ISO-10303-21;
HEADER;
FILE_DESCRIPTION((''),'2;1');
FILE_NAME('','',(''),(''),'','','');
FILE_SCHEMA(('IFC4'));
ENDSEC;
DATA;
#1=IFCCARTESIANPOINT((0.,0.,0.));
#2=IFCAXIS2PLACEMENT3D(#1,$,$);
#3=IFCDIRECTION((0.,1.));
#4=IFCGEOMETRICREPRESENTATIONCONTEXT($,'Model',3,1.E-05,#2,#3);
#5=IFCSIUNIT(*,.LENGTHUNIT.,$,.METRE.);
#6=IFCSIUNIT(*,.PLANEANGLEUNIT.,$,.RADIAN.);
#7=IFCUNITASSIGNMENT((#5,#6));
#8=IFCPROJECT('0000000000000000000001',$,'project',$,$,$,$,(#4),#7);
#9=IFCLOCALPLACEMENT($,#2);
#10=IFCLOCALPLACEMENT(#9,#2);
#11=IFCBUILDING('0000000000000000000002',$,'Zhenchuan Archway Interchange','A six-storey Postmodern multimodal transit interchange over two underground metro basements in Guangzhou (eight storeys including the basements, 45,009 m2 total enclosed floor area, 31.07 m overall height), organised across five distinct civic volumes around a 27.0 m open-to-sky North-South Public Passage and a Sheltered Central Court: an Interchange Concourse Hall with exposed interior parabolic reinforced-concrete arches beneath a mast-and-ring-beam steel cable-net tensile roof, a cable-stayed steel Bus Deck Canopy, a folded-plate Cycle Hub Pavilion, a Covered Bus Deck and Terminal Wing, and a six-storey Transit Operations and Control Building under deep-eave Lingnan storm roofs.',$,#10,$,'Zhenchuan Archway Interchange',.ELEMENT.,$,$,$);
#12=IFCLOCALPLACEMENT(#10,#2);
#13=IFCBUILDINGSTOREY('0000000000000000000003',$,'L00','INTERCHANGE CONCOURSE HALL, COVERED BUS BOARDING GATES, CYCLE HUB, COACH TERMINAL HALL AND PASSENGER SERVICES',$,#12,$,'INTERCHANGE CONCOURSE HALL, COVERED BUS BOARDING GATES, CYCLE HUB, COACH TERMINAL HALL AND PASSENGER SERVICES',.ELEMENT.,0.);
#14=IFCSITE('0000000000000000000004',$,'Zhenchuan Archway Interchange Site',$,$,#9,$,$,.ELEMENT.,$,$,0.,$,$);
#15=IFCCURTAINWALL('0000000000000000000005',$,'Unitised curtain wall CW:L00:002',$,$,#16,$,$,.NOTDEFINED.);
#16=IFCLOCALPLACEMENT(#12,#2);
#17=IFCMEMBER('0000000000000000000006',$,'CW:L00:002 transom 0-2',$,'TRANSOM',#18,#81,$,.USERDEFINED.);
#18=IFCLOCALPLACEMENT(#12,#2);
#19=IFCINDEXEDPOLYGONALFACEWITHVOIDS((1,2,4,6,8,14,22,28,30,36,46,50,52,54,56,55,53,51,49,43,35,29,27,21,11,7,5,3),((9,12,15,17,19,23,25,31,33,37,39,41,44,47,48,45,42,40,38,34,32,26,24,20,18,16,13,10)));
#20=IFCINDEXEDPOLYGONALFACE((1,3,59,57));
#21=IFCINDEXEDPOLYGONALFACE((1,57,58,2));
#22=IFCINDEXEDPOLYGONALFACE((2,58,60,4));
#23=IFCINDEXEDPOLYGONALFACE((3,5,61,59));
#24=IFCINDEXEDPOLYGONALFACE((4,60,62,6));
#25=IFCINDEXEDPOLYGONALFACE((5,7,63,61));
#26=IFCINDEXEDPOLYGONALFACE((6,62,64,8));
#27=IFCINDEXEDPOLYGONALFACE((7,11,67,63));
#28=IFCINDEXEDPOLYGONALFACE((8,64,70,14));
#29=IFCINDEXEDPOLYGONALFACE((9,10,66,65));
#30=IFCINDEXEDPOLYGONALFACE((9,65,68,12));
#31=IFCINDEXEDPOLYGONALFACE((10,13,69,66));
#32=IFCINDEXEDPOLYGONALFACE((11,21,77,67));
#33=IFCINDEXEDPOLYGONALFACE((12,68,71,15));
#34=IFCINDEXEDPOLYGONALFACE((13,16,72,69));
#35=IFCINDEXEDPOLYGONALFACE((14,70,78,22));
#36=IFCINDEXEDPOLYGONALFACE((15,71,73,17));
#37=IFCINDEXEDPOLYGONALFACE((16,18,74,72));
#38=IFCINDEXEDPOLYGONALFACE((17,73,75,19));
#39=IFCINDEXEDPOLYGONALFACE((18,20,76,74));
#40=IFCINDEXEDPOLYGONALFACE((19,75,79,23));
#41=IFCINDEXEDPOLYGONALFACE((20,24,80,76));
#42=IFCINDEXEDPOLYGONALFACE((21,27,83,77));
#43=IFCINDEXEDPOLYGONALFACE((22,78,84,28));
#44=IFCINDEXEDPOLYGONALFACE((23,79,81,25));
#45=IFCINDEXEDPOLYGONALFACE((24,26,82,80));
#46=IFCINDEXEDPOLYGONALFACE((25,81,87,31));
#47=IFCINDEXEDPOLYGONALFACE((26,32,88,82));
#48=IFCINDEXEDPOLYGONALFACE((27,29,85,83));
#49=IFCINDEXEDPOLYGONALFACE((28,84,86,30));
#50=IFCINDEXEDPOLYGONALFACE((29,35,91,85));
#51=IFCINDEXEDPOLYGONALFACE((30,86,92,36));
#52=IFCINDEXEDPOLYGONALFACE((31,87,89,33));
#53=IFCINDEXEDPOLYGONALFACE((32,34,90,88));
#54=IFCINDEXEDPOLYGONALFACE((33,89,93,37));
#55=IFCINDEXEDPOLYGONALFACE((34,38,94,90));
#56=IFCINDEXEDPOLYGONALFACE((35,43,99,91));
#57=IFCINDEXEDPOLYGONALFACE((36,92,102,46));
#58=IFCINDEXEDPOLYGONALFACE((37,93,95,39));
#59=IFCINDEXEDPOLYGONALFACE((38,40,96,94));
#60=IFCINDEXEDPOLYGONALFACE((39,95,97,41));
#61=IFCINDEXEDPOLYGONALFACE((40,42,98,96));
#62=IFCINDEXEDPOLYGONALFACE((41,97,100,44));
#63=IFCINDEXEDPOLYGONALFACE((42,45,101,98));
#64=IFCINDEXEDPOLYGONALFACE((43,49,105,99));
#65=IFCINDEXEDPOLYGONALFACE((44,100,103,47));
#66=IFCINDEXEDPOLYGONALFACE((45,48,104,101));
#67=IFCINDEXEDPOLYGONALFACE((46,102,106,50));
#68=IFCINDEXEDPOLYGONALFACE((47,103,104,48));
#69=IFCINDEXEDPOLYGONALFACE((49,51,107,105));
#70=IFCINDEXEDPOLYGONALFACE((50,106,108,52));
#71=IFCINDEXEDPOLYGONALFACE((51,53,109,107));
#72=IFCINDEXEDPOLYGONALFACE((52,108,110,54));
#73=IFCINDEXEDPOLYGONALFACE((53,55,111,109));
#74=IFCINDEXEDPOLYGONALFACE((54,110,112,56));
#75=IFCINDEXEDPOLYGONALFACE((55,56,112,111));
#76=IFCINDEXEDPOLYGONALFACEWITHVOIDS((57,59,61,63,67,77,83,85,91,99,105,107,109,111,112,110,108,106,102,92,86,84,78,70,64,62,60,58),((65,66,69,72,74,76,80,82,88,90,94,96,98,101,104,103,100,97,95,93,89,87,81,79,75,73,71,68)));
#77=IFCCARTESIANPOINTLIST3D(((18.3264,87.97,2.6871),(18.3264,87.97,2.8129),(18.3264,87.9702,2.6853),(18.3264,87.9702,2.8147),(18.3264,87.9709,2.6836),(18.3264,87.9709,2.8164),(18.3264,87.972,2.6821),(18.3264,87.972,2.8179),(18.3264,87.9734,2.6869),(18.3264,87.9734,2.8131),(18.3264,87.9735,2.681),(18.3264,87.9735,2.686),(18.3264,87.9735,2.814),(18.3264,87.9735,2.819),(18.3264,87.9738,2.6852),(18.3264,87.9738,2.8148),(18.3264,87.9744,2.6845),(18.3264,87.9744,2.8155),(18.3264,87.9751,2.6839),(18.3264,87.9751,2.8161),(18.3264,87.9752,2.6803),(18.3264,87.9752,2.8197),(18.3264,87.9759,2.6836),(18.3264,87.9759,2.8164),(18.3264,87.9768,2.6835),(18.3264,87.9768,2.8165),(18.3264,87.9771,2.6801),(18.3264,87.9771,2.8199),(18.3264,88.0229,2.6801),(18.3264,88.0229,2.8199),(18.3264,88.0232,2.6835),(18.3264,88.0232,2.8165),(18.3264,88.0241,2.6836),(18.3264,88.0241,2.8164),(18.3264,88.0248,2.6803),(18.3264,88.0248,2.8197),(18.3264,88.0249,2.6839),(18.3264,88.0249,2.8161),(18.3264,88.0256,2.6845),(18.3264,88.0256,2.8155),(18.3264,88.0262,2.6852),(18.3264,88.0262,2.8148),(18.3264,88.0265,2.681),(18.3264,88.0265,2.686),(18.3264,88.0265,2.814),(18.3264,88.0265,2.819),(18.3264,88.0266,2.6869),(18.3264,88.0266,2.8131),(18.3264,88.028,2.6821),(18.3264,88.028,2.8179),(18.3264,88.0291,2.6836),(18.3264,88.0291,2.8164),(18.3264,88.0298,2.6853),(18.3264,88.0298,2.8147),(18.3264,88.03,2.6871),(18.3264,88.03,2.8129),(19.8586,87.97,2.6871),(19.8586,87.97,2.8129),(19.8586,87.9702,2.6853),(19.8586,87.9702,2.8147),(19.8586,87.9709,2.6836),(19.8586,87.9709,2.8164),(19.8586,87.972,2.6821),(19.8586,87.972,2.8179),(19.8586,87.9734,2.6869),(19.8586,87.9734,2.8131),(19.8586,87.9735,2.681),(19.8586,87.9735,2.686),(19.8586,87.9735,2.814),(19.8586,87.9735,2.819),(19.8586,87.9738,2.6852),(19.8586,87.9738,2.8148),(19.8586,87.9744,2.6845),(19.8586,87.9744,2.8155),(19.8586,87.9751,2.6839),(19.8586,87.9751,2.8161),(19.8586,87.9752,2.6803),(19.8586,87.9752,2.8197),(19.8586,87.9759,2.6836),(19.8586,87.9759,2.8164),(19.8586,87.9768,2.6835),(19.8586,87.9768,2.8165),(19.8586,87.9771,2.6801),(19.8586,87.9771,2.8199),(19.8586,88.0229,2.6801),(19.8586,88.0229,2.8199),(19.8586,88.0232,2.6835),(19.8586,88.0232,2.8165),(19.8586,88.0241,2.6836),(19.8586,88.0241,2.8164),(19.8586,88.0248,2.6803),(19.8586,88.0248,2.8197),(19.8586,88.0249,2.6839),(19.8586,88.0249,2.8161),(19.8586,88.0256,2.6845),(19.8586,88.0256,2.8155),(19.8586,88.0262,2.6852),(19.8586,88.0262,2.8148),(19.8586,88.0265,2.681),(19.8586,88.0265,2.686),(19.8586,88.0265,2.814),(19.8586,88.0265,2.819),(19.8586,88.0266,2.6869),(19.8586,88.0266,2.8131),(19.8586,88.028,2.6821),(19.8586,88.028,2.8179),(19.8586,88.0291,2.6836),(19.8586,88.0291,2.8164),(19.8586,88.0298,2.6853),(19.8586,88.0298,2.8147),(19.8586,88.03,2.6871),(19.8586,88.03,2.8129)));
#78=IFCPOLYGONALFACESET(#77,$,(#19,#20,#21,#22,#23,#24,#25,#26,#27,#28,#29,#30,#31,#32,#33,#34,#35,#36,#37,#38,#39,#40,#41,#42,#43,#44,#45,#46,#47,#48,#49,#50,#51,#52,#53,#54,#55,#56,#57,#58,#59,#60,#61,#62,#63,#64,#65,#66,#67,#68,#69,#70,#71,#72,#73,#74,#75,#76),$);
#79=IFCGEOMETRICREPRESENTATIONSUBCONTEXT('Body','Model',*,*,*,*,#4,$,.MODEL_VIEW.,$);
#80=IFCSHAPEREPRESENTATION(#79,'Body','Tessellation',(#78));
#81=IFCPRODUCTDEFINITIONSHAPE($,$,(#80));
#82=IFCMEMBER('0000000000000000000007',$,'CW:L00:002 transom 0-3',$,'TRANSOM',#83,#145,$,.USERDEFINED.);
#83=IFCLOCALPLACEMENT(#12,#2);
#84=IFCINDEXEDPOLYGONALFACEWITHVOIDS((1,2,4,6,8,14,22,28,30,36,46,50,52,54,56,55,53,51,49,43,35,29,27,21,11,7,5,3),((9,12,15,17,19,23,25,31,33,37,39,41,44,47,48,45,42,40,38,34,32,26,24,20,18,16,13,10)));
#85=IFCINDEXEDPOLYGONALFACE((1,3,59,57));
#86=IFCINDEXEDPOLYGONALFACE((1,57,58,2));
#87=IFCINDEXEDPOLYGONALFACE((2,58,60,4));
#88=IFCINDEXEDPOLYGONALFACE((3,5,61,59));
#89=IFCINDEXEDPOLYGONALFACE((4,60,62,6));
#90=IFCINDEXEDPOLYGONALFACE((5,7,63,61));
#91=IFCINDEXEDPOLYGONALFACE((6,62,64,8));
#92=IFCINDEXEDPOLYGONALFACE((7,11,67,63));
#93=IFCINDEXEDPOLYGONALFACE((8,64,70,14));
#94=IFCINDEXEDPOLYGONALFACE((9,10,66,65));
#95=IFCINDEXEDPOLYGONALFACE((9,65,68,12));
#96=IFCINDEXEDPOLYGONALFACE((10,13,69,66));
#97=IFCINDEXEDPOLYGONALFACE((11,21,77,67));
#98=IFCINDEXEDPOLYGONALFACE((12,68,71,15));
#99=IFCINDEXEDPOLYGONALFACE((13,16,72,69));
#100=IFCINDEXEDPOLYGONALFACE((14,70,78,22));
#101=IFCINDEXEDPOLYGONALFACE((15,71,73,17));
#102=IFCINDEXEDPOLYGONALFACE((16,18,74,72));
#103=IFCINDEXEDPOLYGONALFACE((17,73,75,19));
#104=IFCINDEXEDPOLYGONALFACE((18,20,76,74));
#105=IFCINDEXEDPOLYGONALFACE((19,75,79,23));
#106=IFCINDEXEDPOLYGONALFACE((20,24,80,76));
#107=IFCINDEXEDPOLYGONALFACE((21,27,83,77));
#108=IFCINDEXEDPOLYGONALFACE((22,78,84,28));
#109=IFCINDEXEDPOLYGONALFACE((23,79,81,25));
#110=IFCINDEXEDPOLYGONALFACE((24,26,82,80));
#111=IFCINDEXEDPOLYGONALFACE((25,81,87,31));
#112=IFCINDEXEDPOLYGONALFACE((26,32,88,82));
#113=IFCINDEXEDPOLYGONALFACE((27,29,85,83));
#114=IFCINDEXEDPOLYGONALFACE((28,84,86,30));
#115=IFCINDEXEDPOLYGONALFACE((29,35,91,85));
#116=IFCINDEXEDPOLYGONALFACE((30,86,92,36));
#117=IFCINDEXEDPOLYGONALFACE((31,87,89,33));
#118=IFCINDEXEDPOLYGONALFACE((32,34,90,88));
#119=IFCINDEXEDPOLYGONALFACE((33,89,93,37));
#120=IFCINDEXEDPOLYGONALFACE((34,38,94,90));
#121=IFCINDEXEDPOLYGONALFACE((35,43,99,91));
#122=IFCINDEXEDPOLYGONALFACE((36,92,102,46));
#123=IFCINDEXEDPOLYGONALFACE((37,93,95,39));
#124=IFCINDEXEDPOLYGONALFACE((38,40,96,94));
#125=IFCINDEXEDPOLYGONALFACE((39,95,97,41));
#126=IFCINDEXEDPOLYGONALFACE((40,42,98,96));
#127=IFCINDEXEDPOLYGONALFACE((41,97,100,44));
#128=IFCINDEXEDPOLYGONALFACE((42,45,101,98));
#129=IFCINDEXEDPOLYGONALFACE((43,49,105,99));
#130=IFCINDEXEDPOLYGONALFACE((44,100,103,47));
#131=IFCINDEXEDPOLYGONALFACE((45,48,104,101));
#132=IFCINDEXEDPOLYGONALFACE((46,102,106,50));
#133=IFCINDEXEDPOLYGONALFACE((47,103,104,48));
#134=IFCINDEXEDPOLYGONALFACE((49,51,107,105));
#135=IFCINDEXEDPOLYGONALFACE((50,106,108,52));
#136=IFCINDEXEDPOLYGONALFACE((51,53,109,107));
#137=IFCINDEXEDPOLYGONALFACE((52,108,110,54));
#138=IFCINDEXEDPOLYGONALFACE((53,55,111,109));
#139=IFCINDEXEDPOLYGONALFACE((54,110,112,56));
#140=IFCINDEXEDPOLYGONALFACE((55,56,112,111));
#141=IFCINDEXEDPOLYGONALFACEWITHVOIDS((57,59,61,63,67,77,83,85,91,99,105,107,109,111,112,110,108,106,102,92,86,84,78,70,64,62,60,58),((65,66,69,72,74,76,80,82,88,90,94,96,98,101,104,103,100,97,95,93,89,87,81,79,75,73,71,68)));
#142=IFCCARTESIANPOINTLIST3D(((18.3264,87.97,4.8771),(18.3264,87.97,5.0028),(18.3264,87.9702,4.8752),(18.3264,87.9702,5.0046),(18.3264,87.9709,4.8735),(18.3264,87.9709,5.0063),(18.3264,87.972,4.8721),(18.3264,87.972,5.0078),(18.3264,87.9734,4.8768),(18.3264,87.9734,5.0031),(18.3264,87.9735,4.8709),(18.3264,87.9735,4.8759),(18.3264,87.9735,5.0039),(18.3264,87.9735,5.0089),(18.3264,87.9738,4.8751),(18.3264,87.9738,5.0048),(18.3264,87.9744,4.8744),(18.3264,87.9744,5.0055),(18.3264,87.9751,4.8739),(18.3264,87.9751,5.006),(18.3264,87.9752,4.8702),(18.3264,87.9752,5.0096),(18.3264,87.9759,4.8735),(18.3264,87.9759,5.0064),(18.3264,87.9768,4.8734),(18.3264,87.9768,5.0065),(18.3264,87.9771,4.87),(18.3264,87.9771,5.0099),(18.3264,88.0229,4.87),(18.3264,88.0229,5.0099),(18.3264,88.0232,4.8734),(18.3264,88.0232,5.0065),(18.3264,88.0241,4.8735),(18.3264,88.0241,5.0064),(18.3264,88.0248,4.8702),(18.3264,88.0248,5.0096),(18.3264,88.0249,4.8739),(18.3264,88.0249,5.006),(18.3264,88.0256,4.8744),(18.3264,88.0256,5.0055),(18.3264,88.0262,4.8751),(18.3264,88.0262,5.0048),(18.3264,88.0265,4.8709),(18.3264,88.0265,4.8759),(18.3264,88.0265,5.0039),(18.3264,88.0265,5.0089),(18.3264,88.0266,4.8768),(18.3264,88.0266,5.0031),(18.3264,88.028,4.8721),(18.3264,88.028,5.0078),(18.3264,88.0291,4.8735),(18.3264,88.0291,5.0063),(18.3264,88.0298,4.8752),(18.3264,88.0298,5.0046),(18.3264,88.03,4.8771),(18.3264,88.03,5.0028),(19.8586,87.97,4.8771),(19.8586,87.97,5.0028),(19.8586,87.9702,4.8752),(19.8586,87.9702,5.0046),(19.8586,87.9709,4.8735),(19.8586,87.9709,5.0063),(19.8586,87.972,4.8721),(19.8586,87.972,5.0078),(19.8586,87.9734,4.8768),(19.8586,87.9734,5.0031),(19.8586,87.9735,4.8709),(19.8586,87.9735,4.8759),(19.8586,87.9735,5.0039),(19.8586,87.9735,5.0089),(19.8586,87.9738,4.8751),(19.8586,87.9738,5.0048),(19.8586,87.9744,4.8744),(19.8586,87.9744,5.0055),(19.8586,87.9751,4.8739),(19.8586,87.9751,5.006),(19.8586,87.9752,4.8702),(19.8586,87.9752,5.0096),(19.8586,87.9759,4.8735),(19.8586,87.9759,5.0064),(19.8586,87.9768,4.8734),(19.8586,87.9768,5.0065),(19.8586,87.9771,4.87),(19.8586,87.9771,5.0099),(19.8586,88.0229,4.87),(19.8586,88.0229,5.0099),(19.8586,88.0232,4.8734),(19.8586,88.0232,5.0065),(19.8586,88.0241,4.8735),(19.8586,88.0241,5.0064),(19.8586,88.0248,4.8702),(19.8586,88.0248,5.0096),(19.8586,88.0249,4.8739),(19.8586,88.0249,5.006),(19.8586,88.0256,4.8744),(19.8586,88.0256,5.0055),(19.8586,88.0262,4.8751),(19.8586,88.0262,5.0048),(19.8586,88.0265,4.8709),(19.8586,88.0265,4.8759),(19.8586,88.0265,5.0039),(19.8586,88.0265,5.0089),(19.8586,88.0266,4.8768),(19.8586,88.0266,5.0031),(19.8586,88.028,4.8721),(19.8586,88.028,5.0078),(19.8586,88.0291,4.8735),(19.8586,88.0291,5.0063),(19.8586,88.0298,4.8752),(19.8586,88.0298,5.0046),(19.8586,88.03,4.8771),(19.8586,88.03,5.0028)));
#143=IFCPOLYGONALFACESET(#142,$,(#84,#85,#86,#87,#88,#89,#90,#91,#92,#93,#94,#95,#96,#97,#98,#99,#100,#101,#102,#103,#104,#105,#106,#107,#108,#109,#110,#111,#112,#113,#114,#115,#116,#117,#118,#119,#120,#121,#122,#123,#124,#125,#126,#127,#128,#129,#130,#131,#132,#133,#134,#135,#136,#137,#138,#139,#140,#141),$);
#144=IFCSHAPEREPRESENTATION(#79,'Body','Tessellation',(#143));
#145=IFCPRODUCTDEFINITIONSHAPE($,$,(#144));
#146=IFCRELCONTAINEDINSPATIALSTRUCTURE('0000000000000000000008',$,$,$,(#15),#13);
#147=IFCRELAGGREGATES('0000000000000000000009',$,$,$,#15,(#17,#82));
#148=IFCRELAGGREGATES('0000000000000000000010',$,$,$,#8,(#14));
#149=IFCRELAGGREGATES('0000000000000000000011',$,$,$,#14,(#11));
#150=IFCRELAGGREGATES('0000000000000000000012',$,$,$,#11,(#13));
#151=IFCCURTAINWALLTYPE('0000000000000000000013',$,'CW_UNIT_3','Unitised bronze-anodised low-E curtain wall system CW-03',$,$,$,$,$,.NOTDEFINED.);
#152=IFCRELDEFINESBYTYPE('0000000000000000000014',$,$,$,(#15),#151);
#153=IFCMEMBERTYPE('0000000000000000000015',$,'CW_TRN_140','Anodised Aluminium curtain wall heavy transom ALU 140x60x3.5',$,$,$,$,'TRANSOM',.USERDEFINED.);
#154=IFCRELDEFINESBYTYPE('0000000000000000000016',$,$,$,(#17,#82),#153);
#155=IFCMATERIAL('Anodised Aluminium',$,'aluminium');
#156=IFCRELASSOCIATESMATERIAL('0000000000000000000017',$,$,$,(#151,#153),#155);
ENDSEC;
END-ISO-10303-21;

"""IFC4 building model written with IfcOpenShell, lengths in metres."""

from ifc_helpers import new_model, si_unit, direction, frame, origin, origin_2d, place, context, subcontext, project, spatial, hollow_rectangle, extrude, material, material_profile, profile_set, type_object, element, aggregate, save


model = new_model("IFC4")

# Units and contexts
model_context = context("Model", 3, precision=1e-05, world=origin(), true_north=direction((0.0, 1.0)))
body_context = subcontext(model_context, "Body", "Model", "MODEL_VIEW")
ifc_project = project(units=[si_unit("LENGTHUNIT", "METRE"), si_unit("PLANEANGLEUNIT", "RADIAN")], contexts=[model_context])

# Site, building, storey
site_placement = place(None, origin())
site = spatial("IfcSite", under=ifc_project, at=site_placement, Name="Zhenchuan Archway Interchange Site", CompositionType="ELEMENT", RefElevation=0.0)
building_placement = place(site_placement, origin())
building = spatial("IfcBuilding", under=site, at=building_placement, Name="Zhenchuan Archway Interchange", Description="A six-storey Postmodern multimodal transit interchange over two underground metro basements in Guangzhou (eight storeys including the basements, 45,009 m2 total enclosed floor area, 31.07 m overall height), organised across five distinct civic volumes around a 27.0 m open-to-sky North-South Public Passage and a Sheltered Central Court: an Interchange Concourse Hall with exposed interior parabolic reinforced-concrete arches beneath a mast-and-ring-beam steel cable-net tensile roof, a cable-stayed steel Bus Deck Canopy, a folded-plate Cycle Hub Pavilion, a Covered Bus Deck and Terminal Wing, and a six-storey Transit Operations and Control Building under deep-eave Lingnan storm roofs.", LongName="Zhenchuan Archway Interchange", CompositionType="ELEMENT")
storey_placement = place(building_placement, origin())
storey = spatial("IfcBuildingStorey", under=building, at=storey_placement, Name="L00", Description="INTERCHANGE CONCOURSE HALL, COVERED BUS BOARDING GATES, CYCLE HUB, COACH TERMINAL HALL AND PASSENGER SERVICES", LongName="INTERCHANGE CONCOURSE HALL, COVERED BUS BOARDING GATES, CYCLE HUB, COACH TERMINAL HALL AND PASSENGER SERVICES", CompositionType="ELEMENT", Elevation=0.0)

# Curtain wall, members
ifc_material_1 = material(Name="Anodised Aluminium", Category="aluminium")
curtain_wall_type = type_object("IfcCurtainWallType", Name="CW_UNIT_3", Description="Unitised bronze-anodised low-E curtain wall system CW-03", PredefinedType="NOTDEFINED", material=ifc_material_1)
curtain_wall_placement = place(storey_placement, origin())
curtain_wall = element("IfcCurtainWall", 1, at=curtain_wall_placement, inside=storey, type_object=curtain_wall_type, Name="Unitised curtain wall CW:L00:002", PredefinedType="NOTDEFINED")
ifc_material_profile_1 = material_profile(ifc_material_1, hollow_rectangle(XDim=0.0601, YDim=0.1399, WallThickness=0.0034, InnerFilletRadius=0.0034, OuterFilletRadius=0.0071, at=origin_2d()), Name="ALU 140x60x3.5")
ifc_profile_set_1 = profile_set([ifc_material_profile_1], Name="Anodised Aluminium")
member_type_1 = type_object("IfcMemberType", Name="CW_TRN_140", Description="Anodised Aluminium curtain wall heavy transom ALU 140x60x3.5", ElementType="TRANSOM", PredefinedType="USERDEFINED", material=ifc_profile_set_1)
member_1_placement = place(storey_placement, frame((18.3264, 88.0, 2.75), z_axis=(1.0, 0.0, 0.0), x_axis=(0.0, 1.0, 0.0)))
member_1 = element("IfcMember", 2, at=member_1_placement, type_object=member_type_1, Name="CW:L00:002 transom 0-2", ObjectType="TRANSOM", PredefinedType="USERDEFINED", context=body_context, shape_type="SweptSolid", body=[
    extrude(hollow_rectangle(XDim=0.0601, YDim=0.1399, WallThickness=0.0034, InnerFilletRadius=0.0034, OuterFilletRadius=0.0071, at=origin_2d()), origin(), (0.0, 0.0, 1.0), 1.5322),
])
member_2_placement = place(storey_placement, frame((18.3264, 88.0, 4.9399), z_axis=(1.0, 0.0, 0.0), x_axis=(0.0, 1.0, 0.0)))
member_2 = element("IfcMember", 3, at=member_2_placement, type_object=member_type_1, Name="CW:L00:002 transom 0-3", ObjectType="TRANSOM", PredefinedType="USERDEFINED", context=body_context, shape_type="SweptSolid", body=[
    extrude(hollow_rectangle(XDim=0.0601, YDim=0.1399, WallThickness=0.0034, InnerFilletRadius=0.0034, OuterFilletRadius=0.0071, at=origin_2d()), origin(), (0.0, 0.0, 1.0), 1.5322),
])

aggregate(curtain_wall, [member_1, member_2])

save(model, "model.ifc")
